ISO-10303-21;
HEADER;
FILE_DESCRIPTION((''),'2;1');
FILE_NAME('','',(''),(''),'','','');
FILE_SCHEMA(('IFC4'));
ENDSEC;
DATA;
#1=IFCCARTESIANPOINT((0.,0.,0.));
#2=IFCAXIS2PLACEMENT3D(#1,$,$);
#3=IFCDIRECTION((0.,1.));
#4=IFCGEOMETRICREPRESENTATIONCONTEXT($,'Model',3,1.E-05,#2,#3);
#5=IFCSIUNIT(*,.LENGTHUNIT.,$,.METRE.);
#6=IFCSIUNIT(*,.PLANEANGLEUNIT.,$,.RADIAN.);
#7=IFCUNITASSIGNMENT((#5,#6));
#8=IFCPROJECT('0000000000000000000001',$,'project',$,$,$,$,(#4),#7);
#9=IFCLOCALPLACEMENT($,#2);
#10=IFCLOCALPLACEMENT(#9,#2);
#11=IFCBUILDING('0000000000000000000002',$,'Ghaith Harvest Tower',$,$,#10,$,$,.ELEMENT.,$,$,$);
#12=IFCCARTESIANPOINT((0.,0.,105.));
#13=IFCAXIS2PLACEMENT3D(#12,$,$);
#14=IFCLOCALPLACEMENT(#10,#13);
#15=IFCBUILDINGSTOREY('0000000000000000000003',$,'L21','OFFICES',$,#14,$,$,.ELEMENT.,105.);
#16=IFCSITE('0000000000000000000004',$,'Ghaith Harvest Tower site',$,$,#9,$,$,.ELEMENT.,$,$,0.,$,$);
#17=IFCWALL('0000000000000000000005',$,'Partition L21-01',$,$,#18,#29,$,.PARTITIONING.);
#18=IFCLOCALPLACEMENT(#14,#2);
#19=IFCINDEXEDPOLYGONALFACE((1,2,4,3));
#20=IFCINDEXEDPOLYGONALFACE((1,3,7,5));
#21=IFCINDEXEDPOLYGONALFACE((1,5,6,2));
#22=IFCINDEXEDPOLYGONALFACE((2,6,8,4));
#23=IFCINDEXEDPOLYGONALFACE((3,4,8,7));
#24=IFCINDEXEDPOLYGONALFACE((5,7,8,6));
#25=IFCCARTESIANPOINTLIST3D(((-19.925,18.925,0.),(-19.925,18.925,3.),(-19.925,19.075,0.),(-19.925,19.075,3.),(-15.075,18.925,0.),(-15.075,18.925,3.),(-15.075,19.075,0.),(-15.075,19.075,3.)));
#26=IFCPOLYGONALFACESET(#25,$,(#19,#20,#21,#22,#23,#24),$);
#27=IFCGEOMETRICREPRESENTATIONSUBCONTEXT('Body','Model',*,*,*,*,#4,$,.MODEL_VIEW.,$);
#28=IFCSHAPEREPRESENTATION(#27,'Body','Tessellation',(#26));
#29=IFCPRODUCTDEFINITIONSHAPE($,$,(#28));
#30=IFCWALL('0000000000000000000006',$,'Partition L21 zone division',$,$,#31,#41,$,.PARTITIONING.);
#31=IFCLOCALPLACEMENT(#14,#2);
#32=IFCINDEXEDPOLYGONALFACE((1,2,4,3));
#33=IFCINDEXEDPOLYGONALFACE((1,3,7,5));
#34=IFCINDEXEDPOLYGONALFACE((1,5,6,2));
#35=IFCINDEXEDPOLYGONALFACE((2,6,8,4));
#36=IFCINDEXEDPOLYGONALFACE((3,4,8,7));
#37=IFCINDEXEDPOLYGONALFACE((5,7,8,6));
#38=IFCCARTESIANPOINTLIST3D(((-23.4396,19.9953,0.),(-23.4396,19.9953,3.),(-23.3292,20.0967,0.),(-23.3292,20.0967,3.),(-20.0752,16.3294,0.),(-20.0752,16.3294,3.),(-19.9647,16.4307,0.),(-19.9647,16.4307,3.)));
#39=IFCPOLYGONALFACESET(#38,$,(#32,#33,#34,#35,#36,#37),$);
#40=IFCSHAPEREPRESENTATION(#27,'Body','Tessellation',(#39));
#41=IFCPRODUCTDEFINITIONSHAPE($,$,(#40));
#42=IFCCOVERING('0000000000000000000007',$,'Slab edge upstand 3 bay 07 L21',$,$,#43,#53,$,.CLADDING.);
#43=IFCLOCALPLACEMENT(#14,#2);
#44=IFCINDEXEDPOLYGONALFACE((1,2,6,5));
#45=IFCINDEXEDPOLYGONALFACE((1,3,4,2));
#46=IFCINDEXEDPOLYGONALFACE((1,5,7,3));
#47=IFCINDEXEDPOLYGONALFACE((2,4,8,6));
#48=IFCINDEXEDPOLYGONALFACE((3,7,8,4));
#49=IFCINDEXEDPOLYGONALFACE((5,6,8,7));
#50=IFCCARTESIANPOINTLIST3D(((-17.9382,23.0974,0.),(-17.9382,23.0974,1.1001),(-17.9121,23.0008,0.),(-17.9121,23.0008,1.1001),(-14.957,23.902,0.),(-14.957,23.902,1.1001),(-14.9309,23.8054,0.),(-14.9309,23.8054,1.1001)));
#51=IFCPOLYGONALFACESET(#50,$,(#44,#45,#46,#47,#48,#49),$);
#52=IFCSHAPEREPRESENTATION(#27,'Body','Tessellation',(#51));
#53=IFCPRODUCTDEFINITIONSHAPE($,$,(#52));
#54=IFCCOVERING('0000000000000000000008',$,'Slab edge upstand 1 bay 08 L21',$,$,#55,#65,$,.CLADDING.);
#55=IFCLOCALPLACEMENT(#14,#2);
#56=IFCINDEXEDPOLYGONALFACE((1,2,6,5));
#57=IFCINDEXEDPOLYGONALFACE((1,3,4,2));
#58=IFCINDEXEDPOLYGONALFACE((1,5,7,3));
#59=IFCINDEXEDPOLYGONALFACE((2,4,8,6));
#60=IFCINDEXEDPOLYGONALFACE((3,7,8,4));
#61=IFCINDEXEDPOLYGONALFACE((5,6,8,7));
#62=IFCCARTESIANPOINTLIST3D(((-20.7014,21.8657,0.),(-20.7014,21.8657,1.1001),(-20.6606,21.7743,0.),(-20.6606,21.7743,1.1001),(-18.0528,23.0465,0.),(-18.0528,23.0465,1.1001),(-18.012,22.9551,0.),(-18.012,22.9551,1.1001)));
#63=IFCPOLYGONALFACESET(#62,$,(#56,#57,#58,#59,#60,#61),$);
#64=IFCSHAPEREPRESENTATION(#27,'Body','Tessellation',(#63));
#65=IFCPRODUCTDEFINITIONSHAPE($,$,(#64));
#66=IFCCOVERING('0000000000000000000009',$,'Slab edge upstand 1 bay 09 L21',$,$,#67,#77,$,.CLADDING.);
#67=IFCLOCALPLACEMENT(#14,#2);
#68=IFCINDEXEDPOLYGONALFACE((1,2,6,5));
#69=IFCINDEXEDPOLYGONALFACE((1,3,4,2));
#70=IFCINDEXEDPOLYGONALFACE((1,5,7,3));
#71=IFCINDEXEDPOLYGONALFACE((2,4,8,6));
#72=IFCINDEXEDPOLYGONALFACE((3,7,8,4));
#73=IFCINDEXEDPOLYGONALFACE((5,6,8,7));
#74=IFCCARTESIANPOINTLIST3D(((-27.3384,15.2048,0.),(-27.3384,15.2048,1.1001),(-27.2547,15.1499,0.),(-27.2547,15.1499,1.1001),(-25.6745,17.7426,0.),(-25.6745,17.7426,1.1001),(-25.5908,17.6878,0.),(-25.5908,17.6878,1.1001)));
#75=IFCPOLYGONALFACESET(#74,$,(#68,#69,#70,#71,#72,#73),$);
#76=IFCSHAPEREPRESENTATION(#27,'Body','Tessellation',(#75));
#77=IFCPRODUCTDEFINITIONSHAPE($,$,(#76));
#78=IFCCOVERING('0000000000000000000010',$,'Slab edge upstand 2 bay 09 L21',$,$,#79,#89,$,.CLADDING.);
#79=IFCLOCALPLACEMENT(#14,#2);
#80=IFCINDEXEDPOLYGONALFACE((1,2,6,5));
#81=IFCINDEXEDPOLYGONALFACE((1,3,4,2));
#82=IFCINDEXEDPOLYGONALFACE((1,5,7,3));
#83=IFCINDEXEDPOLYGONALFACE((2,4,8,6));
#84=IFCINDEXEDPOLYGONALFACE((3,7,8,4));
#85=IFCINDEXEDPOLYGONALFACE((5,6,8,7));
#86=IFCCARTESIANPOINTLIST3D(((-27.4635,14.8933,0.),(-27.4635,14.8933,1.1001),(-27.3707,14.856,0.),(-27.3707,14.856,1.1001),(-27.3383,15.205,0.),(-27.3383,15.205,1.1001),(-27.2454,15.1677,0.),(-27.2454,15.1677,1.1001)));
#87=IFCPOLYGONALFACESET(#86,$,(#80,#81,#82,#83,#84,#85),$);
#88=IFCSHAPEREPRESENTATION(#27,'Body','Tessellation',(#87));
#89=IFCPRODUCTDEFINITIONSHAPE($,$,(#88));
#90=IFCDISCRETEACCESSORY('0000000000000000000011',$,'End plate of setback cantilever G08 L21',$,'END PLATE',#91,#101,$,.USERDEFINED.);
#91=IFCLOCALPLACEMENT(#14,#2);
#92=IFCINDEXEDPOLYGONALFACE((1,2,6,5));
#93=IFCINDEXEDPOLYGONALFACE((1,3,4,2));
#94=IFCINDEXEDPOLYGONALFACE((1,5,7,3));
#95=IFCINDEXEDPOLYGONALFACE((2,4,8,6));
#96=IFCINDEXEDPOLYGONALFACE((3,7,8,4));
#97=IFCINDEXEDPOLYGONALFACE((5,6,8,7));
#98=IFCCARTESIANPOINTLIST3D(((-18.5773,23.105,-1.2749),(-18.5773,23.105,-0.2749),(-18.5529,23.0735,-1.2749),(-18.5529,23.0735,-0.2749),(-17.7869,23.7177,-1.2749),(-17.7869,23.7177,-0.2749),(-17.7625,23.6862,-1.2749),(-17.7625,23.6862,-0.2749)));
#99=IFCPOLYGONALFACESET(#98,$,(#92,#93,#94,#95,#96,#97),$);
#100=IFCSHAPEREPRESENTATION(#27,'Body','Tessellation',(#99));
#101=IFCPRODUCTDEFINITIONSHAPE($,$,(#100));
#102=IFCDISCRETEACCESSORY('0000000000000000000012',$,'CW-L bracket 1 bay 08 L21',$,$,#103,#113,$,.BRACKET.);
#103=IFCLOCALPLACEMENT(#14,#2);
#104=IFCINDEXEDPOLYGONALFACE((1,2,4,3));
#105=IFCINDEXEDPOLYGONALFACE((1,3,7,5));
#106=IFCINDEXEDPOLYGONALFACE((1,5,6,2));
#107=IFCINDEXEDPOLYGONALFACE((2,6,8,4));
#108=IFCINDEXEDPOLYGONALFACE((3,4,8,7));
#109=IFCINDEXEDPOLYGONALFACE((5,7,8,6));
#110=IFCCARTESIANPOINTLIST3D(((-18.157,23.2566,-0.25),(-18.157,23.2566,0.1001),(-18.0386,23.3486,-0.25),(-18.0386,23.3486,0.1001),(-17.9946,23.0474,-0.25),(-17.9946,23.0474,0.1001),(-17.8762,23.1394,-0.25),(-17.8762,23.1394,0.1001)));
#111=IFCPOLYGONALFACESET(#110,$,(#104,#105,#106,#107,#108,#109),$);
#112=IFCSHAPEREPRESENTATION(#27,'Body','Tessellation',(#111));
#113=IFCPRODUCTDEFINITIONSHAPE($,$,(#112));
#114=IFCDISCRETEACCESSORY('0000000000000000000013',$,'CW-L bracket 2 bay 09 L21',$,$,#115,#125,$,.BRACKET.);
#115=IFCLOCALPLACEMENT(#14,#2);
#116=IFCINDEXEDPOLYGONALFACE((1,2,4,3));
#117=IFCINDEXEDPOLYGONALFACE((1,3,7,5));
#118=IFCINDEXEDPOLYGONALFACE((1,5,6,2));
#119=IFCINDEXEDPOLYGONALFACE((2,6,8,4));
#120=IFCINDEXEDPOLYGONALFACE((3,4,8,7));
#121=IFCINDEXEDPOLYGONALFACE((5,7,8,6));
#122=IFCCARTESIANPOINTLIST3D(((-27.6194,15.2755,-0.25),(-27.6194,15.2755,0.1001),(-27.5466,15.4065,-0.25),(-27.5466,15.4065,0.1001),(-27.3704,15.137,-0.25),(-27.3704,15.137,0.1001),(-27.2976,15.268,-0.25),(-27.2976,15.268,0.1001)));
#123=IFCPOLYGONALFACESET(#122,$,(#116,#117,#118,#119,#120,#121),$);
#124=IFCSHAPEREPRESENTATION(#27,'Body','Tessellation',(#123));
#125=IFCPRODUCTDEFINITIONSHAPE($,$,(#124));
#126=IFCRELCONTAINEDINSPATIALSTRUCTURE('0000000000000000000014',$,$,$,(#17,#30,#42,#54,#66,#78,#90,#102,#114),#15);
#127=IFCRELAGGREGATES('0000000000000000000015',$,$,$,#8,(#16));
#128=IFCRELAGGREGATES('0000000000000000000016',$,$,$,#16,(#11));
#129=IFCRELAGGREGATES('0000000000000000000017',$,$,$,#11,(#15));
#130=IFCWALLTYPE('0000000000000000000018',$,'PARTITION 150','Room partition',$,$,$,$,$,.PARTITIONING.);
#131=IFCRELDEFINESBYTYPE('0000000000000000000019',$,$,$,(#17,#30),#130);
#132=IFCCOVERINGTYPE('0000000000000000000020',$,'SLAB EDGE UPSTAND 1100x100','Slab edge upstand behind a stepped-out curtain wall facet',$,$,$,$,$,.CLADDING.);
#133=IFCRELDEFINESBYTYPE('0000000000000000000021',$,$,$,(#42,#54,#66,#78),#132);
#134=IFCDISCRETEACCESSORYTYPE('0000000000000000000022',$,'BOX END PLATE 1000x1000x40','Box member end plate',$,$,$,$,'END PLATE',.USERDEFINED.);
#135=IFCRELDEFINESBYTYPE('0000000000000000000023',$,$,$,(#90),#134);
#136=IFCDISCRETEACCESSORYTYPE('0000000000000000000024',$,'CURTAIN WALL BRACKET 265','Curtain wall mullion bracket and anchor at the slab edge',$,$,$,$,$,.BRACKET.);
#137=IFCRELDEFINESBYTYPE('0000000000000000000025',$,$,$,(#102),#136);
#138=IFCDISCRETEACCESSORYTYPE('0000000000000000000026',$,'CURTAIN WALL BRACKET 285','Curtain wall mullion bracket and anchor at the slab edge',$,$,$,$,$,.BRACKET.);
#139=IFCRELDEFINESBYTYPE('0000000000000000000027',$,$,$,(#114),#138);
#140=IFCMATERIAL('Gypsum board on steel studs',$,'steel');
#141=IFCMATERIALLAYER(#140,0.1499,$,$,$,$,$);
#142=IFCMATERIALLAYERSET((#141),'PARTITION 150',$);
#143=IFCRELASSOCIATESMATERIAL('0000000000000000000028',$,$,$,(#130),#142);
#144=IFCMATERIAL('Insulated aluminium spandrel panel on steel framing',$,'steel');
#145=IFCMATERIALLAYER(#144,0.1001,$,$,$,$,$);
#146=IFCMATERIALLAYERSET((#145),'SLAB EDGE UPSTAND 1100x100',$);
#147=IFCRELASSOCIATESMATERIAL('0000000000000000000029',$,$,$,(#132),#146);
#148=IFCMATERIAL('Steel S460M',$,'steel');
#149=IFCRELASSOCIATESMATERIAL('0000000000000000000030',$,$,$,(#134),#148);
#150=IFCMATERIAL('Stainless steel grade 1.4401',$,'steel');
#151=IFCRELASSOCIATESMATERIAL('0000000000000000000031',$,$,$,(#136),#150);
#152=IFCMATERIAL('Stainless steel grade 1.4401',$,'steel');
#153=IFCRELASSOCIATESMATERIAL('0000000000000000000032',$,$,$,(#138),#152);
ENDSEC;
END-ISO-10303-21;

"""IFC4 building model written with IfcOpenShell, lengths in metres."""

from ifc_helpers import new_model, si_unit, direction, frame, frame_2d, origin, origin_2d, place, context, subcontext, project, spatial, rectangle, extrude, material, layer, layer_set, material_profile, profile_set, type_object, element, save


model = new_model("IFC4")

# Units and contexts
model_context = context("Model", 3, precision=1e-05, world=origin(), true_north=direction((0.0, 1.0)))
body_context = subcontext(model_context, "Body", "Model", "MODEL_VIEW")
ifc_project = project(units=[si_unit("LENGTHUNIT", "METRE"), si_unit("PLANEANGLEUNIT", "RADIAN")], contexts=[model_context])

# Site, building, storey
site_placement = place(None, origin())
site = spatial("IfcSite", under=ifc_project, at=site_placement, Name="Ghaith Harvest Tower site", CompositionType="ELEMENT", RefElevation=0.0)
building_placement = place(site_placement, origin())
building = spatial("IfcBuilding", under=site, at=building_placement, Name="Ghaith Harvest Tower", CompositionType="ELEMENT")
storey_placement = place(building_placement, frame((0.0, 0.0, 105.0)))
storey = spatial("IfcBuildingStorey", under=building, at=storey_placement, Name="L21", Description="OFFICES", CompositionType="ELEMENT", Elevation=105.0)

# Walls
ifc_material_1 = material(Name="Gypsum board on steel studs", Category="steel")
ifc_layer_1 = layer(ifc_material_1, 0.1499)
ifc_layer_set_1 = layer_set([ifc_layer_1], Name="PARTITION 150")
wall_type_1 = type_object("IfcWallType", Name="PARTITION 150", Description="Room partition", PredefinedType="PARTITIONING", material=ifc_layer_set_1)
wall_1_placement = place(storey_placement, frame((-19.925, 19.0, 0.0), z_axis=(0.0, 0.0, 1.0), x_axis=(1.0, 0.0, 0.0)))
element("IfcWall", 1, at=wall_1_placement, inside=storey, type_object=wall_type_1, Name="Partition L21-01", PredefinedType="PARTITIONING", context=body_context, shape_type="SweptSolid", body=[
    extrude(rectangle(XDim=4.8501, YDim=0.1499, at=frame_2d((2.425, 0.0))), origin(), (0.0, 0.0, 1.0), 3.0),
])
wall_2_placement = place(storey_placement, frame((-20.02, 16.3801, 0.0), z_axis=(0.0, 0.0, 1.0), x_axis=(-0.67616, 0.736755, 0.0)))
element("IfcWall", 2, at=wall_2_placement, inside=storey, type_object=wall_type_1, Name="Partition L21 zone division", PredefinedType="PARTITIONING", context=body_context, shape_type="SweptSolid", body=[
    extrude(rectangle(XDim=4.9758, YDim=0.1499, at=frame_2d((2.4878, 0.0))), origin(), (0.0, 0.0, 1.0), 3.0),
])

# Coverings
ifc_material_2 = material(Name="Insulated aluminium spandrel panel on steel framing", Category="steel")
ifc_layer_2 = layer(ifc_material_2, 0.1001)
ifc_layer_set_2 = layer_set([ifc_layer_2], Name="SLAB EDGE UPSTAND 1100x100")
covering_type = type_object("IfcCoveringType", Name="SLAB EDGE UPSTAND 1100x100", Description="Slab edge upstand behind a stepped-out curtain wall facet", PredefinedType="CLADDING", material=ifc_layer_set_2)
covering_1_placement = place(storey_placement, frame((-16.4346, 23.4514, 0.0), z_axis=(0.0, 0.0, 1.0), x_axis=(-0.965455, -0.26057, 0.0)))
element("IfcCovering", 3, at=covering_1_placement, inside=storey, type_object=covering_type, Name="Slab edge upstand 3 bay 07 L21", PredefinedType="CLADDING", context=body_context, shape_type="SweptSolid", body=[
    extrude(rectangle(XDim=3.0879, YDim=0.1001, at=origin_2d()), origin(), (0.0, 0.0, 1.0), 1.1001),
])
covering_2_placement = place(storey_placement, frame((-19.3567, 22.4104, 0.0), z_axis=(0.0, 0.0, 1.0), x_axis=(-0.913335, -0.40721, 0.0)))
element("IfcCovering", 4, at=covering_2_placement, inside=storey, type_object=covering_type, Name="Slab edge upstand 1 bay 08 L21", PredefinedType="CLADDING", context=body_context, shape_type="SweptSolid", body=[
    extrude(rectangle(XDim=2.8999, YDim=0.1001, at=origin_2d()), origin(), (0.0, 0.0, 1.0), 1.1001),
])
covering_3_placement = place(storey_placement, frame((-26.4646, 16.4463, 0.0), z_axis=(0.0, 0.0, 1.0), x_axis=(-0.548312, -0.836274, 0.0)))
element("IfcCovering", 5, at=covering_3_placement, inside=storey, type_object=covering_type, Name="Slab edge upstand 1 bay 09 L21", PredefinedType="CLADDING", context=body_context, shape_type="SweptSolid", body=[
    extrude(rectangle(XDim=3.0347, YDim=0.1001, at=origin_2d()), origin(), (0.0, 0.0, 1.0), 1.1001),
])
covering_4_placement = place(storey_placement, frame((-27.3545, 15.0305, 0.0), z_axis=(0.0, 0.0, 1.0), x_axis=(-0.372732, -0.927939, 0.0)))
element("IfcCovering", 6, at=covering_4_placement, inside=storey, type_object=covering_type, Name="Slab edge upstand 2 bay 09 L21", PredefinedType="CLADDING", context=body_context, shape_type="SweptSolid", body=[
    extrude(rectangle(XDim=0.3359, YDim=0.1001, at=origin_2d()), origin(), (0.0, 0.0, 1.0), 1.1001),
])

# Discrete accessories
ifc_material_3 = material(Name="Steel S460M", Category="steel")
ifc_material_profile_1 = material_profile(ifc_material_3, rectangle(XDim=1.0, YDim=1.0, at=origin_2d()), Name="BOX END PLATE 1000x1000x40")
ifc_profile_set_1 = profile_set([ifc_material_profile_1], Name="Steel S460M")
discrete_accessory_type_1 = type_object("IfcDiscreteAccessoryType", Name="BOX END PLATE 1000x1000x40", Description="Box member end plate", ElementType="END PLATE", PredefinedType="USERDEFINED", material=ifc_profile_set_1)
discrete_accessory_1_placement = place(storey_placement, frame((-18.1577, 23.3799, -0.7749), z_axis=(-0.612667, 0.790341, 0.0), x_axis=(-0.790341, -0.612667, 0.0)))
element("IfcDiscreteAccessory", 7, at=discrete_accessory_1_placement, inside=storey, type_object=discrete_accessory_type_1, Name="End plate of setback cantilever G08 L21", ObjectType="END PLATE", PredefinedType="USERDEFINED", context=body_context, shape_type="SweptSolid", body=[
    extrude(rectangle(XDim=1.0, YDim=1.0, at=origin_2d()), origin(), (0.0, 0.0, 1.0), 0.0398),
])
ifc_material_4 = material(Name="Stainless steel grade 1.4401", Category="steel")
discrete_accessory_type_2 = type_object("IfcDiscreteAccessoryType", Name="CURTAIN WALL BRACKET 265", Description="Curtain wall mullion bracket and anchor at the slab edge", PredefinedType="BRACKET", material=ifc_material_4)
discrete_accessory_2_placement = place(storey_placement, frame((-18.0166, 23.198, -0.25), z_axis=(0.0, 0.0, 1.0), x_axis=(-0.613378, 0.78979, 0.0)))
element("IfcDiscreteAccessory", 8, at=discrete_accessory_2_placement, inside=storey, type_object=discrete_accessory_type_2, Name="CW-L bracket 1 bay 08 L21", PredefinedType="BRACKET", context=body_context, shape_type="SweptSolid", body=[
    extrude(rectangle(XDim=0.2649, YDim=0.1499, at=origin_2d()), origin(), (0.0, 0.0, 1.0), 0.3501),
])
ifc_material_5 = material(Name="Stainless steel grade 1.4401", Category="steel")
discrete_accessory_type_3 = type_object("IfcDiscreteAccessoryType", Name="CURTAIN WALL BRACKET 285", Description="Curtain wall mullion bracket and anchor at the slab edge", PredefinedType="BRACKET", material=ifc_material_5)
discrete_accessory_3_placement = place(storey_placement, frame((-27.4585, 15.2717, -0.25), z_axis=(0.0, 0.0, 1.0), x_axis=(-0.873927, 0.486057, 0.0)))
element("IfcDiscreteAccessory", 9, at=discrete_accessory_3_placement, inside=storey, type_object=discrete_accessory_type_3, Name="CW-L bracket 2 bay 09 L21", PredefinedType="BRACKET", context=body_context, shape_type="SweptSolid", body=[
    extrude(rectangle(XDim=0.2849, YDim=0.1499, at=origin_2d()), origin(), (0.0, 0.0, 1.0), 0.3501),
])

save(model, "model.ifc")
